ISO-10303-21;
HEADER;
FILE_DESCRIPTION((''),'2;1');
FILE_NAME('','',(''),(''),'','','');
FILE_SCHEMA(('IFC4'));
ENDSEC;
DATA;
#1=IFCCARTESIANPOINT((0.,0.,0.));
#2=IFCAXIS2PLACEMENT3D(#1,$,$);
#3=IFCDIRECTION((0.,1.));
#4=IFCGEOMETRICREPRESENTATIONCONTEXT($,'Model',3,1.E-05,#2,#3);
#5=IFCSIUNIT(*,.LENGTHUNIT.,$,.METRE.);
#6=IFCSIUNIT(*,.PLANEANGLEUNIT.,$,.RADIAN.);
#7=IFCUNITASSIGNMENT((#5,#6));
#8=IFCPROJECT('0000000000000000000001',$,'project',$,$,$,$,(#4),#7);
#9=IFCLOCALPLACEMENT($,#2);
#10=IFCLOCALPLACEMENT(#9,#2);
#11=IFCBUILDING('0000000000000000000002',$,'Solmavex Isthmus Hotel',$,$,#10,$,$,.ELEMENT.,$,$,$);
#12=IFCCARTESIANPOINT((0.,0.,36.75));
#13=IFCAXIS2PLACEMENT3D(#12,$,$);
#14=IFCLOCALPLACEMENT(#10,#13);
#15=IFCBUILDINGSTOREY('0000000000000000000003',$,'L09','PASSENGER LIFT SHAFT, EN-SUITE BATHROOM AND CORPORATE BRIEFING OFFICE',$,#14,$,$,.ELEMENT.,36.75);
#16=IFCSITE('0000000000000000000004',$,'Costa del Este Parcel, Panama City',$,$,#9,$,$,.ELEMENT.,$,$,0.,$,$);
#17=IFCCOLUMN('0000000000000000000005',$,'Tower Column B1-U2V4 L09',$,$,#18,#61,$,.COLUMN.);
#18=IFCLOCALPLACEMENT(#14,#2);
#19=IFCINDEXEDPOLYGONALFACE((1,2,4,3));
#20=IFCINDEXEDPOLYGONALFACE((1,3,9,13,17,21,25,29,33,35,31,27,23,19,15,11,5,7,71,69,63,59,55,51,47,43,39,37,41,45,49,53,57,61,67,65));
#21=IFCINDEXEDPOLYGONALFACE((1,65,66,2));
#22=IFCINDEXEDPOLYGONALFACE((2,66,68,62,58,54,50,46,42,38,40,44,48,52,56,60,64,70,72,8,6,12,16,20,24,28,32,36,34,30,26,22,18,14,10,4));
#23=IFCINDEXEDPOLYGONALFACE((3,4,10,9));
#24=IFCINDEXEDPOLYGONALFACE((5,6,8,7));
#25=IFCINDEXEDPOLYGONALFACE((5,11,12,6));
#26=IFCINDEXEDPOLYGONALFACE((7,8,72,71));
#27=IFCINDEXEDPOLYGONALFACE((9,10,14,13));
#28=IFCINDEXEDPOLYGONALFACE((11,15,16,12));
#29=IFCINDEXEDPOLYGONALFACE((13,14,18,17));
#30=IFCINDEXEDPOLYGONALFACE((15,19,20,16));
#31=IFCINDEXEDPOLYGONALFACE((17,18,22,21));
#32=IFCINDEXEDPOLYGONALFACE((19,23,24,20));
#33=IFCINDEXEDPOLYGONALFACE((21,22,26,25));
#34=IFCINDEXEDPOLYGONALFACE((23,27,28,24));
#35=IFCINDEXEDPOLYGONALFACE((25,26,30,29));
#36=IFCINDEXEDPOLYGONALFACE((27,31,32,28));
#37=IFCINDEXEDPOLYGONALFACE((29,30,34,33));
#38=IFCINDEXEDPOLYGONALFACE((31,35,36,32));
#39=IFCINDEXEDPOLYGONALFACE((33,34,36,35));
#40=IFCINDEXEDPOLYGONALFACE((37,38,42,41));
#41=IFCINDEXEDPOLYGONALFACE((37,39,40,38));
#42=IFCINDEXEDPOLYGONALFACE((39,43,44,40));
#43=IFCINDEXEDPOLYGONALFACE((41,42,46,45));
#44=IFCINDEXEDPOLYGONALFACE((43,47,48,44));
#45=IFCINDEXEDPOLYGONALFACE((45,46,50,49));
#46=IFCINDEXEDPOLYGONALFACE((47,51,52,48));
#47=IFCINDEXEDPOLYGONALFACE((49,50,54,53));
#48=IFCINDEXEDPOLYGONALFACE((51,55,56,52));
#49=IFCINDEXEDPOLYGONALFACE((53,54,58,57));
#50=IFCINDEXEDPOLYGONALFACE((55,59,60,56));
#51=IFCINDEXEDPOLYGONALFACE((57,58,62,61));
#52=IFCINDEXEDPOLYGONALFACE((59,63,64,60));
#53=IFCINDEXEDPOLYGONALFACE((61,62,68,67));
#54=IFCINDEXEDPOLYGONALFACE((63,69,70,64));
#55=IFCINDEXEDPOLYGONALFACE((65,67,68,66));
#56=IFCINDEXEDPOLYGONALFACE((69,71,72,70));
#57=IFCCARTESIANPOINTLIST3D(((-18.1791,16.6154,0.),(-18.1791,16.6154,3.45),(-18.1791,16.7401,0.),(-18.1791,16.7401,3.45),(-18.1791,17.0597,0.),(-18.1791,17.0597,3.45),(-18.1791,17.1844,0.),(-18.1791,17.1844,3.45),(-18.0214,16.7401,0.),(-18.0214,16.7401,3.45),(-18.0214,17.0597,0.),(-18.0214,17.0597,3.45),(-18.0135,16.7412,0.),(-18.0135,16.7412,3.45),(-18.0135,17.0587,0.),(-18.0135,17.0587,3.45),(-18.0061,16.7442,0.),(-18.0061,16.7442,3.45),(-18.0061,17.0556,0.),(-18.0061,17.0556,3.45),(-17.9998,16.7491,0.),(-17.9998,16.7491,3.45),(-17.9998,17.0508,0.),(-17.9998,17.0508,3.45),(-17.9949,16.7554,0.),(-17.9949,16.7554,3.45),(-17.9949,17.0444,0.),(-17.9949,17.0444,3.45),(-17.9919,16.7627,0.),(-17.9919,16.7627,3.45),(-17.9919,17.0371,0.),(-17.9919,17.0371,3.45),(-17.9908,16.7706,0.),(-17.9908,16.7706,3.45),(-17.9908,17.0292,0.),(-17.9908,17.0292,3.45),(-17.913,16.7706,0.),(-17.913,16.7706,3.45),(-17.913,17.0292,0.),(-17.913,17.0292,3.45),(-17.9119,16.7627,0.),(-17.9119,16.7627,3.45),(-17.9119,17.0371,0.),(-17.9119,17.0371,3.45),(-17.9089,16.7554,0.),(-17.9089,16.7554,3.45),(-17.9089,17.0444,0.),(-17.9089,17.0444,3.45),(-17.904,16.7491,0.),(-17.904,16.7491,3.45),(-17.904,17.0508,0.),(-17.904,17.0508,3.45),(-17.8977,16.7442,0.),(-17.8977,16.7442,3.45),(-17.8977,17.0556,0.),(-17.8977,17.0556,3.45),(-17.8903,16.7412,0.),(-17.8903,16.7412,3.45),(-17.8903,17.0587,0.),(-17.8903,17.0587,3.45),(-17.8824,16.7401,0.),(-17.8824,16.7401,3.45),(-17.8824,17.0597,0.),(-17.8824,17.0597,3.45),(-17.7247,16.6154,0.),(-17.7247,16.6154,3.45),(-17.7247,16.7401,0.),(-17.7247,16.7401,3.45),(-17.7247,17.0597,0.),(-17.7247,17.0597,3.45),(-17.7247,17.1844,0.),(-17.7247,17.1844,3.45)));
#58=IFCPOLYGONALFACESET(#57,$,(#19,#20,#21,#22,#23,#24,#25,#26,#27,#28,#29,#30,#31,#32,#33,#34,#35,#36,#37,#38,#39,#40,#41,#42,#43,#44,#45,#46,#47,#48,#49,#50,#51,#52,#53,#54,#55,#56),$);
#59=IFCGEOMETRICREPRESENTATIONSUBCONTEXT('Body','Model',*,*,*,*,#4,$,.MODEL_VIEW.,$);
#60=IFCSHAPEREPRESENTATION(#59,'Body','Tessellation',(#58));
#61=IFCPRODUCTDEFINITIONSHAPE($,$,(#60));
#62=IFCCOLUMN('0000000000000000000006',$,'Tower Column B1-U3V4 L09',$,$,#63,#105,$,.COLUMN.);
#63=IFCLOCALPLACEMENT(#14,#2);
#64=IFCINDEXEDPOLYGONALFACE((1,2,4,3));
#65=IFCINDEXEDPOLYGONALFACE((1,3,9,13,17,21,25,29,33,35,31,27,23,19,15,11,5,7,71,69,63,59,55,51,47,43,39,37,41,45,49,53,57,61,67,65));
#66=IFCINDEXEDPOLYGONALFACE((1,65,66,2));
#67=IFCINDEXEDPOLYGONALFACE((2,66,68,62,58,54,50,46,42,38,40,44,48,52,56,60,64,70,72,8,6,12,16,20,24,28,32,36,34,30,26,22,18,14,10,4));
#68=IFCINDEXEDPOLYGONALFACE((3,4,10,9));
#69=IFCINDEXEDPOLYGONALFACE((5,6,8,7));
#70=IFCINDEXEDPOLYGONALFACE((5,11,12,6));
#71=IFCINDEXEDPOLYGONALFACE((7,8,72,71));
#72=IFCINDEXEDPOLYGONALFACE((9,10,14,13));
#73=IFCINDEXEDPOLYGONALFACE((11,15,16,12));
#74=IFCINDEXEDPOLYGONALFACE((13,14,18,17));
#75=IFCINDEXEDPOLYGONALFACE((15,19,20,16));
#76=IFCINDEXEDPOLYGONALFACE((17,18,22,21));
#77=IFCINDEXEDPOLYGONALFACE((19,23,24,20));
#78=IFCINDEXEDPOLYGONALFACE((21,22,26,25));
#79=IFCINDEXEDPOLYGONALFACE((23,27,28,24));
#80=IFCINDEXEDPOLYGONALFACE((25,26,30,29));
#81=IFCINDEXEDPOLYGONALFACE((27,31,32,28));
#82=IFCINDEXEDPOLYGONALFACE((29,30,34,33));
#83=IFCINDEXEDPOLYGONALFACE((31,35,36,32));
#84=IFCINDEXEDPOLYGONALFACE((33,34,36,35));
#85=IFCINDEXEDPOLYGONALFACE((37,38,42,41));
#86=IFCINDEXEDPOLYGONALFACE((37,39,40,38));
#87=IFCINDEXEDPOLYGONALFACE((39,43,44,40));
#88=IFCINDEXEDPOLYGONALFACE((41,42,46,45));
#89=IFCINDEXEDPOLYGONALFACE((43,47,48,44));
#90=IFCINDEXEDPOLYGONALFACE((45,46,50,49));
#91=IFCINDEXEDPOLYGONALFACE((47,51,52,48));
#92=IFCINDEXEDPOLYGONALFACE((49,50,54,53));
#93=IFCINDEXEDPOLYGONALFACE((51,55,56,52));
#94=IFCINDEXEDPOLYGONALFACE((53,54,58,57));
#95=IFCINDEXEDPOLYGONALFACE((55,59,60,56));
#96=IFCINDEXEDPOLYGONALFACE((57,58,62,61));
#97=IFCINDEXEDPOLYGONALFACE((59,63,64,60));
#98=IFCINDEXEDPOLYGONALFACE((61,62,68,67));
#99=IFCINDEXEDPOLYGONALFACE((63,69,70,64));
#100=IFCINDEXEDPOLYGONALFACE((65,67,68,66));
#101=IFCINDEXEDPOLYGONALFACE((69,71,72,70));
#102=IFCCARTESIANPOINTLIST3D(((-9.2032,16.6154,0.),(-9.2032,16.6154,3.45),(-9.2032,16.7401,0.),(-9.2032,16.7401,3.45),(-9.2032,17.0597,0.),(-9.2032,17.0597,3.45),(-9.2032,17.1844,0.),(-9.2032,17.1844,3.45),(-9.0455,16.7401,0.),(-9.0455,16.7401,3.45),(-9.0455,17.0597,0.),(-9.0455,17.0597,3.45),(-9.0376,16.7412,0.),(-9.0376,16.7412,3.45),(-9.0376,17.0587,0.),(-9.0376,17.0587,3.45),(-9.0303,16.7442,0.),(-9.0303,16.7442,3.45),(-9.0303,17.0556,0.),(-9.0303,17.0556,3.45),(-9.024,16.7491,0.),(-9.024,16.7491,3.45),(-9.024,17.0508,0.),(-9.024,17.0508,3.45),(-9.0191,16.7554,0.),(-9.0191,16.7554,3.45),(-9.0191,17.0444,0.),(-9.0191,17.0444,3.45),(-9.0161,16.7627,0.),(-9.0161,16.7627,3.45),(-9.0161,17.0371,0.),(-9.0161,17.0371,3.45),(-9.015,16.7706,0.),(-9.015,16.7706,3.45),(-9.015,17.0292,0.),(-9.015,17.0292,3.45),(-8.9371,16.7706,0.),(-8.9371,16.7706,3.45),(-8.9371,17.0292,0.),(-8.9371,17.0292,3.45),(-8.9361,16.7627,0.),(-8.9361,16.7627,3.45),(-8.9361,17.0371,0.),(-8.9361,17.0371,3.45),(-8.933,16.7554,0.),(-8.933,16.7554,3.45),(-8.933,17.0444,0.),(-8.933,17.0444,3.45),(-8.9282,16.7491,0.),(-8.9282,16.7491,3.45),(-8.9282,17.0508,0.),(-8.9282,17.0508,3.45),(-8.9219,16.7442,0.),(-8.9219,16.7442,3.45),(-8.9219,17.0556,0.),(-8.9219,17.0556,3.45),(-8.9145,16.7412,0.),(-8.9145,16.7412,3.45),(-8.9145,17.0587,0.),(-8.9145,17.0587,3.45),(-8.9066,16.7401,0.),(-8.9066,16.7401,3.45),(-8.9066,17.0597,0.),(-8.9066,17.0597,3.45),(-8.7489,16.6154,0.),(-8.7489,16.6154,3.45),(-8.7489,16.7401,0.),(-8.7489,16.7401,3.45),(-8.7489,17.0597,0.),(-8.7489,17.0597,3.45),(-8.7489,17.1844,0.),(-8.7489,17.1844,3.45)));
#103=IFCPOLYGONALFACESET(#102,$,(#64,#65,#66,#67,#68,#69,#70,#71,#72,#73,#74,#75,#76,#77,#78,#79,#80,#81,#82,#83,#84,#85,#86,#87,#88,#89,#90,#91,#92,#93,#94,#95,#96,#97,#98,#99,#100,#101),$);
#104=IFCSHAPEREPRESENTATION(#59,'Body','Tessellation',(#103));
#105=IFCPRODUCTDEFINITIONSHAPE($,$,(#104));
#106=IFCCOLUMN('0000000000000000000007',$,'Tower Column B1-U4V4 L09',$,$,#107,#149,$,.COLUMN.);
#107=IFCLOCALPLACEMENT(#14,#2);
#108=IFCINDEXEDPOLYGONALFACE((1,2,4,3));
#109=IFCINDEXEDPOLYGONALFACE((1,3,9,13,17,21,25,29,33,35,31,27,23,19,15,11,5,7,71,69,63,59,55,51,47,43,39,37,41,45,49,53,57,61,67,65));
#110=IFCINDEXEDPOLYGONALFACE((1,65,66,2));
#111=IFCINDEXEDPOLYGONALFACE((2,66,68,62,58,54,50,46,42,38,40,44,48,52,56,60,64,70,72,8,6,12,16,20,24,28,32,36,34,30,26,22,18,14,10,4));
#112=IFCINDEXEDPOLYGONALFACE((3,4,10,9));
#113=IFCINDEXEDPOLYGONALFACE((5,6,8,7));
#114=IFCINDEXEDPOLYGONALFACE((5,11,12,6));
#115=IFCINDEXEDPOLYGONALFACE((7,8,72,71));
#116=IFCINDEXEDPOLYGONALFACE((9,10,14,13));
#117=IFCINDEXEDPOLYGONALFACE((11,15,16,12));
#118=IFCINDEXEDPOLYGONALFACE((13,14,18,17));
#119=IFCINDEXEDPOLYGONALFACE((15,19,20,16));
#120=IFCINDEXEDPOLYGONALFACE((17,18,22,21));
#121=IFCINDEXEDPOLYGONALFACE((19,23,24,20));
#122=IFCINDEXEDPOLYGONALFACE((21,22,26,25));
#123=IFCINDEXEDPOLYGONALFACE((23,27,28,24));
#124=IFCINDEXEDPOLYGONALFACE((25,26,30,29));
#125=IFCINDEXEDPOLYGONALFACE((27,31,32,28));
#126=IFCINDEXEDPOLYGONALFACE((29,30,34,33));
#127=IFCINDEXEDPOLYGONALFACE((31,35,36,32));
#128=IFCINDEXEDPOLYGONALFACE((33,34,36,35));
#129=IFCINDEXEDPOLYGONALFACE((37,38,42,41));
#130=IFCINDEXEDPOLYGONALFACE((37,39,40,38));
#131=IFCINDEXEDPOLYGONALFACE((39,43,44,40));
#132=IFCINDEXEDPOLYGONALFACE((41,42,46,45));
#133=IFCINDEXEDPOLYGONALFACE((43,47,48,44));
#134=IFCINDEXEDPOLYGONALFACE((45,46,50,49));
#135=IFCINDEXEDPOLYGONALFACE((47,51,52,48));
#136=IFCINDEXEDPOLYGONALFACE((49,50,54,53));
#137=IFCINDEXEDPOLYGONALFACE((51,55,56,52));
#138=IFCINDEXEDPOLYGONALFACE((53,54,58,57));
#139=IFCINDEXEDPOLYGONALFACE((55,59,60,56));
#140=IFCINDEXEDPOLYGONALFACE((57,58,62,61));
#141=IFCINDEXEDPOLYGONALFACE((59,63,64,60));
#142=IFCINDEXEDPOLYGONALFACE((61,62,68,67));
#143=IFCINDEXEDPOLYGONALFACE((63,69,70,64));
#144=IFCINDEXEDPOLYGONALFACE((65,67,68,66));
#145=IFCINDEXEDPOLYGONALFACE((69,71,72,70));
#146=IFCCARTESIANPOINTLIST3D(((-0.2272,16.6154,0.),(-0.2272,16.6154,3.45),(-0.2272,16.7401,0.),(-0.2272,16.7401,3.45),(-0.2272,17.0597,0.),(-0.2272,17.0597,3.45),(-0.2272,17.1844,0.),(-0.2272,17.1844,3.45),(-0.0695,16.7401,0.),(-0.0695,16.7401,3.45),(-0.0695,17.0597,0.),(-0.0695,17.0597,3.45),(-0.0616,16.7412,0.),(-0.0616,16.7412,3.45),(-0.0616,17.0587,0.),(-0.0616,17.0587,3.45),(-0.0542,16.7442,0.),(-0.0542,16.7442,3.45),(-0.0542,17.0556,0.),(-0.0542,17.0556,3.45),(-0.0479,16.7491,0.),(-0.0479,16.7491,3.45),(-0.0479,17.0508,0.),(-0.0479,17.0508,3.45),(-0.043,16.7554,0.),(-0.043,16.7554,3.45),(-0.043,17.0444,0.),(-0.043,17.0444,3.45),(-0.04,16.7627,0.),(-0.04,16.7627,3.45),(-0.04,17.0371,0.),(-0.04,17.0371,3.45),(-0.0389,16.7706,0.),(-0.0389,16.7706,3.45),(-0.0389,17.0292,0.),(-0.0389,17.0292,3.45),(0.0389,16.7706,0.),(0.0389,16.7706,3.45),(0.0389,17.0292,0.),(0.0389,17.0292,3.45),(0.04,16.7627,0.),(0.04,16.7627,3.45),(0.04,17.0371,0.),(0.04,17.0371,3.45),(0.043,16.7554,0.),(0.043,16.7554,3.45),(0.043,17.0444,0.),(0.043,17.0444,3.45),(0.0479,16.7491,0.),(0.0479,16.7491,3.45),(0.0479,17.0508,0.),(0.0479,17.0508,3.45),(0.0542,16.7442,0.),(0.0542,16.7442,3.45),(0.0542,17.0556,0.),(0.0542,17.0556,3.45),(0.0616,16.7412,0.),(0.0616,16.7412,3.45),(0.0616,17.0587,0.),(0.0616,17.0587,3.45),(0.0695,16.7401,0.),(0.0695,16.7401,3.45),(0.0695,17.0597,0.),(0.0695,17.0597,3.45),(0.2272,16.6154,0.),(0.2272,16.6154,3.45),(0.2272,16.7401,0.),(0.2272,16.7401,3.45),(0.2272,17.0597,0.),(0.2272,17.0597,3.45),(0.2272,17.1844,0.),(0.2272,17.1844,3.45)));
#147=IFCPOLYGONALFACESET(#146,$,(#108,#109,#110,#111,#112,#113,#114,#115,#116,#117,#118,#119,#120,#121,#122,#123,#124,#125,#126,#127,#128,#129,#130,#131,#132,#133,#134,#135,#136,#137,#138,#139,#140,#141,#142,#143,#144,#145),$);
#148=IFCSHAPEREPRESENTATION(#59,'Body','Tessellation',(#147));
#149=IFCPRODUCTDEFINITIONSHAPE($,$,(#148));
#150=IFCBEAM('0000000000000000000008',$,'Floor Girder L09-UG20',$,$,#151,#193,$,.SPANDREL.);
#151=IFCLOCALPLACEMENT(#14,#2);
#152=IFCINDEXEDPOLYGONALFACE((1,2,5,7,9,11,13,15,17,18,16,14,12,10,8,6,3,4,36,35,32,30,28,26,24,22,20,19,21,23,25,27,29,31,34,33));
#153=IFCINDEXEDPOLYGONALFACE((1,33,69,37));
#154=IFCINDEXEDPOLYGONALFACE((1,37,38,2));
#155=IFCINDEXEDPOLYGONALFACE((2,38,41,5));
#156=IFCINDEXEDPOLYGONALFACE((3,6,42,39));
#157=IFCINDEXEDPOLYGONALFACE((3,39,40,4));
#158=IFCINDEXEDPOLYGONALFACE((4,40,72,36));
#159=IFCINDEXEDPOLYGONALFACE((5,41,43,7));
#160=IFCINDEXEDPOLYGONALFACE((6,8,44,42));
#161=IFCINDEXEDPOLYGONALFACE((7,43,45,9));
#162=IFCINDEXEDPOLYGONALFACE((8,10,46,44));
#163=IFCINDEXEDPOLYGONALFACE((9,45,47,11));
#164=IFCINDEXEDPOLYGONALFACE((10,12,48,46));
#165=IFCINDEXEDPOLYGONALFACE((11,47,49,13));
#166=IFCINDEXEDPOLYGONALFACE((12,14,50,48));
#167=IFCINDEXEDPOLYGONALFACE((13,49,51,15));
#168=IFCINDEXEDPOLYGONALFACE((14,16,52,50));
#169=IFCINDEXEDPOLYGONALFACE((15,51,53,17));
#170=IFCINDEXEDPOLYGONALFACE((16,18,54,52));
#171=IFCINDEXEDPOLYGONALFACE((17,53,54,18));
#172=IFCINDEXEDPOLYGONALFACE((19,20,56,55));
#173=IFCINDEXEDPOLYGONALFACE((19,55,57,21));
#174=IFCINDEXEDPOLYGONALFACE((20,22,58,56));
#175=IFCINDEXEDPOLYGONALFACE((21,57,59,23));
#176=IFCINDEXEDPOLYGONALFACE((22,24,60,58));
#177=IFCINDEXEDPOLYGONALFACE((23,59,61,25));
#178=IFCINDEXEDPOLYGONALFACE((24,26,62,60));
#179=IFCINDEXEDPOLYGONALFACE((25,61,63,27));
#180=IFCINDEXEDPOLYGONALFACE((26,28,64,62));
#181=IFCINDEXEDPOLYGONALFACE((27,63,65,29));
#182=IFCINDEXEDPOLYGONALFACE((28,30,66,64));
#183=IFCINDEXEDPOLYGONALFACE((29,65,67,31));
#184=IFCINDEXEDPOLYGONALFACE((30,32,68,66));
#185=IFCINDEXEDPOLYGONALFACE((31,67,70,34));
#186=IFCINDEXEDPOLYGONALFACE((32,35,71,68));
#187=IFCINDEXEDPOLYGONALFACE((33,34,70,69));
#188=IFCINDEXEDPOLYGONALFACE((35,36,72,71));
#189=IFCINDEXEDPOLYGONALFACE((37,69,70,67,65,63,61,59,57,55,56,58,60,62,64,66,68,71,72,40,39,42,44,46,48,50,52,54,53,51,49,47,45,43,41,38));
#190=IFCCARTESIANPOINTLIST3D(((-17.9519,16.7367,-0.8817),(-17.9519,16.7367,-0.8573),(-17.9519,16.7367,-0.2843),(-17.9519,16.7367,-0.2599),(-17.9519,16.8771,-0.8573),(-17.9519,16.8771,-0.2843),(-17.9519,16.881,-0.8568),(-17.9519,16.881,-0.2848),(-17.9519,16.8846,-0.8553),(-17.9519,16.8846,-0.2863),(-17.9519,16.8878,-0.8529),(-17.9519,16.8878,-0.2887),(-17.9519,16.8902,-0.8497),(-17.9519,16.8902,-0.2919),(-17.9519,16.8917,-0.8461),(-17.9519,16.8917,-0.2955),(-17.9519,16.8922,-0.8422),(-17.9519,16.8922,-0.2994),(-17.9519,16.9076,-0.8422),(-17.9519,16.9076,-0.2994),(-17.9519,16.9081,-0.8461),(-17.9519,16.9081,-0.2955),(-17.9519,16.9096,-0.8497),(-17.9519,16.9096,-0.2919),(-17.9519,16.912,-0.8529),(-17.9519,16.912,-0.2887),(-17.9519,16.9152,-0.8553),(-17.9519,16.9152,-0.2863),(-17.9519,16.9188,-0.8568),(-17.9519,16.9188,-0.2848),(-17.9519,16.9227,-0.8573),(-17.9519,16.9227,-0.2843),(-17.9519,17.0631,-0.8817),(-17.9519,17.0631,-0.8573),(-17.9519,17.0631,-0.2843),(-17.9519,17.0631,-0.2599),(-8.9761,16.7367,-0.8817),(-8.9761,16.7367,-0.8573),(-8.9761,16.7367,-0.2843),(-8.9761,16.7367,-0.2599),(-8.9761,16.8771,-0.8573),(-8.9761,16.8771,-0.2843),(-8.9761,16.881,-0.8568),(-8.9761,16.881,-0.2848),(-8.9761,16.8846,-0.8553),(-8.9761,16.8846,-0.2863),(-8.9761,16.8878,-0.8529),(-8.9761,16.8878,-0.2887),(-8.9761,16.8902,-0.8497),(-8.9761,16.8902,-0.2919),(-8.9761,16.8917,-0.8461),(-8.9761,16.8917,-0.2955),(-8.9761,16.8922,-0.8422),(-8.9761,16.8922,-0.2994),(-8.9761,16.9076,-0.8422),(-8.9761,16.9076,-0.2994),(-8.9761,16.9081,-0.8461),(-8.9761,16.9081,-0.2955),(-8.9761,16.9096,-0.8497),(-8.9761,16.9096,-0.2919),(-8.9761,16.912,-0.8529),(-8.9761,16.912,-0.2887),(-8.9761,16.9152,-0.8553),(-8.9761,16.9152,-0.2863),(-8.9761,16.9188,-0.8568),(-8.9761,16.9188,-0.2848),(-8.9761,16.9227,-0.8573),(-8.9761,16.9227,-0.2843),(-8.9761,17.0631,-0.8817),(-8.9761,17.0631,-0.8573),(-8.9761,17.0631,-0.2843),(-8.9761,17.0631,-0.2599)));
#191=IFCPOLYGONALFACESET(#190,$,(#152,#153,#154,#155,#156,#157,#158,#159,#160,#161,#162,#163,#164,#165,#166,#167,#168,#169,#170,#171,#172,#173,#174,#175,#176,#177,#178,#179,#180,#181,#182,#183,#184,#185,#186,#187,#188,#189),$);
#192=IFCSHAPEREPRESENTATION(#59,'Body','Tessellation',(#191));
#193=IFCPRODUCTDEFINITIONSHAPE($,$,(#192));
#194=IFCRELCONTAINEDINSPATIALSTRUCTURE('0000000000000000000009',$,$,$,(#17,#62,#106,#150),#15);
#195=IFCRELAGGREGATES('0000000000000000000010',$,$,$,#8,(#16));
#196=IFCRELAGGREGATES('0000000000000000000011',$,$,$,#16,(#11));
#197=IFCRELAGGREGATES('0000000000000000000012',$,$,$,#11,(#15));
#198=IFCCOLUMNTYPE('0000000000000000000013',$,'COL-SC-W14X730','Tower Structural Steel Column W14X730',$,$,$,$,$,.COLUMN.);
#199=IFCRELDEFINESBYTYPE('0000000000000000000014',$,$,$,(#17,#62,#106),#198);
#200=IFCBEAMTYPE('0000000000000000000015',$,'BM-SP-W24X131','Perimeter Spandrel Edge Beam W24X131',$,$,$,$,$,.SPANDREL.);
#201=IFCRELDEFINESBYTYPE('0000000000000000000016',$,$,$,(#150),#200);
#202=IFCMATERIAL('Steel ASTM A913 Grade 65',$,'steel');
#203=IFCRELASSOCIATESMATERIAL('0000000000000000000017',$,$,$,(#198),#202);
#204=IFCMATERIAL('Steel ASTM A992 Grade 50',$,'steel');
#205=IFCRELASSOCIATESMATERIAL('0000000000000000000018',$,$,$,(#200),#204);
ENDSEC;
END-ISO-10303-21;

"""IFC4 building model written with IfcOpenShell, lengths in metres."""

from ifc_helpers import new_model, si_unit, direction, frame, origin, origin_2d, place, context, subcontext, project, spatial, i_section, extrude, material, material_profile, profile_set, type_object, element, save


model = new_model("IFC4")

# Units and contexts
model_context = context("Model", 3, precision=1e-05, world=origin(), true_north=direction((0.0, 1.0)))
body_context = subcontext(model_context, "Body", "Model", "MODEL_VIEW")
ifc_project = project(units=[si_unit("LENGTHUNIT", "METRE"), si_unit("PLANEANGLEUNIT", "RADIAN")], contexts=[model_context])

# Site, building, storey
site_placement = place(None, origin())
site = spatial("IfcSite", under=ifc_project, at=site_placement, Name="Costa del Este Parcel, Panama City", CompositionType="ELEMENT", RefElevation=0.0)
building_placement = place(site_placement, origin())
building = spatial("IfcBuilding", under=site, at=building_placement, Name="Solmavex Isthmus Hotel", CompositionType="ELEMENT")
storey_placement = place(building_placement, frame((0.0, 0.0, 36.75)))
storey = spatial("IfcBuildingStorey", under=building, at=storey_placement, Name="L09", Description="PASSENGER LIFT SHAFT, EN-SUITE BATHROOM AND CORPORATE BRIEFING OFFICE", CompositionType="ELEMENT", Elevation=36.75)

# Columns
ifc_material_1 = material(Name="Steel ASTM A913 Grade 65", Category="steel")
ifc_material_profile_1 = material_profile(ifc_material_1, i_section(OverallWidth=0.4543, OverallDepth=0.5691, WebThickness=0.0779, FlangeThickness=0.1248, FilletRadius=0.0305, at=origin_2d()), Name="W14X730")
ifc_profile_set_1 = profile_set([ifc_material_profile_1], Name="Steel ASTM A913 Grade 65")
column_type = type_object("IfcColumnType", Name="COL-SC-W14X730", Description="Tower Structural Steel Column W14X730", PredefinedType="COLUMN", material=ifc_profile_set_1)
for number, where, z_axis, x_axis, name in (
    (1, (-17.9519, 16.8999, 0.0), (0.0, 0.0, 1.0), (1.0, 0.0, 0.0), "Tower Column B1-U2V4 L09"),
    (2, (-8.9761, 16.8999, 0.0), (0.0, 0.0, 1.0), (1.0, 0.0, 0.0), "Tower Column B1-U3V4 L09"),
    (3, (0.0, 16.8999, 0.0), (0.0, 0.0, 1.0), (1.0, 0.0, 0.0), "Tower Column B1-U4V4 L09"),
):
    element("IfcColumn", number, at=place(storey_placement, frame(where, z_axis=z_axis, x_axis=x_axis)), inside=storey, type_object=column_type, Name=name, PredefinedType="COLUMN", context=body_context, shape_type="SweptSolid", body=[
        extrude(i_section(OverallWidth=0.4543, OverallDepth=0.5691, WebThickness=0.0779, FlangeThickness=0.1248, FilletRadius=0.0305, at=origin_2d()), origin(), (0.0, 0.0, 1.0), 3.45),
    ])

# Beam
ifc_material_2 = material(Name="Steel ASTM A992 Grade 50", Category="steel")
ifc_material_profile_2 = material_profile(ifc_material_2, i_section(OverallWidth=0.3264, OverallDepth=0.6218, WebThickness=0.0154, FlangeThickness=0.0244, FilletRadius=0.0151, at=origin_2d()), Name="W24X131")
ifc_profile_set_2 = profile_set([ifc_material_profile_2], Name="Steel ASTM A992 Grade 50")
beam_type = type_object("IfcBeamType", Name="BM-SP-W24X131", Description="Perimeter Spandrel Edge Beam W24X131", PredefinedType="SPANDREL", material=ifc_profile_set_2)
beam_placement = place(storey_placement, frame((-17.9519, 16.8999, -0.5708), z_axis=(1.0, 0.0, 0.0), x_axis=(0.0, 1.0, 0.0)))
element("IfcBeam", 4, at=beam_placement, inside=storey, type_object=beam_type, Name="Floor Girder L09-UG20", PredefinedType="SPANDREL", context=body_context, shape_type="SweptSolid", body=[
    extrude(i_section(OverallWidth=0.3264, OverallDepth=0.6218, WebThickness=0.0154, FlangeThickness=0.0244, FilletRadius=0.0151, at=origin_2d()), origin(), (0.0, 0.0, 1.0), 8.9758),
])

save(model, "model.ifc")
